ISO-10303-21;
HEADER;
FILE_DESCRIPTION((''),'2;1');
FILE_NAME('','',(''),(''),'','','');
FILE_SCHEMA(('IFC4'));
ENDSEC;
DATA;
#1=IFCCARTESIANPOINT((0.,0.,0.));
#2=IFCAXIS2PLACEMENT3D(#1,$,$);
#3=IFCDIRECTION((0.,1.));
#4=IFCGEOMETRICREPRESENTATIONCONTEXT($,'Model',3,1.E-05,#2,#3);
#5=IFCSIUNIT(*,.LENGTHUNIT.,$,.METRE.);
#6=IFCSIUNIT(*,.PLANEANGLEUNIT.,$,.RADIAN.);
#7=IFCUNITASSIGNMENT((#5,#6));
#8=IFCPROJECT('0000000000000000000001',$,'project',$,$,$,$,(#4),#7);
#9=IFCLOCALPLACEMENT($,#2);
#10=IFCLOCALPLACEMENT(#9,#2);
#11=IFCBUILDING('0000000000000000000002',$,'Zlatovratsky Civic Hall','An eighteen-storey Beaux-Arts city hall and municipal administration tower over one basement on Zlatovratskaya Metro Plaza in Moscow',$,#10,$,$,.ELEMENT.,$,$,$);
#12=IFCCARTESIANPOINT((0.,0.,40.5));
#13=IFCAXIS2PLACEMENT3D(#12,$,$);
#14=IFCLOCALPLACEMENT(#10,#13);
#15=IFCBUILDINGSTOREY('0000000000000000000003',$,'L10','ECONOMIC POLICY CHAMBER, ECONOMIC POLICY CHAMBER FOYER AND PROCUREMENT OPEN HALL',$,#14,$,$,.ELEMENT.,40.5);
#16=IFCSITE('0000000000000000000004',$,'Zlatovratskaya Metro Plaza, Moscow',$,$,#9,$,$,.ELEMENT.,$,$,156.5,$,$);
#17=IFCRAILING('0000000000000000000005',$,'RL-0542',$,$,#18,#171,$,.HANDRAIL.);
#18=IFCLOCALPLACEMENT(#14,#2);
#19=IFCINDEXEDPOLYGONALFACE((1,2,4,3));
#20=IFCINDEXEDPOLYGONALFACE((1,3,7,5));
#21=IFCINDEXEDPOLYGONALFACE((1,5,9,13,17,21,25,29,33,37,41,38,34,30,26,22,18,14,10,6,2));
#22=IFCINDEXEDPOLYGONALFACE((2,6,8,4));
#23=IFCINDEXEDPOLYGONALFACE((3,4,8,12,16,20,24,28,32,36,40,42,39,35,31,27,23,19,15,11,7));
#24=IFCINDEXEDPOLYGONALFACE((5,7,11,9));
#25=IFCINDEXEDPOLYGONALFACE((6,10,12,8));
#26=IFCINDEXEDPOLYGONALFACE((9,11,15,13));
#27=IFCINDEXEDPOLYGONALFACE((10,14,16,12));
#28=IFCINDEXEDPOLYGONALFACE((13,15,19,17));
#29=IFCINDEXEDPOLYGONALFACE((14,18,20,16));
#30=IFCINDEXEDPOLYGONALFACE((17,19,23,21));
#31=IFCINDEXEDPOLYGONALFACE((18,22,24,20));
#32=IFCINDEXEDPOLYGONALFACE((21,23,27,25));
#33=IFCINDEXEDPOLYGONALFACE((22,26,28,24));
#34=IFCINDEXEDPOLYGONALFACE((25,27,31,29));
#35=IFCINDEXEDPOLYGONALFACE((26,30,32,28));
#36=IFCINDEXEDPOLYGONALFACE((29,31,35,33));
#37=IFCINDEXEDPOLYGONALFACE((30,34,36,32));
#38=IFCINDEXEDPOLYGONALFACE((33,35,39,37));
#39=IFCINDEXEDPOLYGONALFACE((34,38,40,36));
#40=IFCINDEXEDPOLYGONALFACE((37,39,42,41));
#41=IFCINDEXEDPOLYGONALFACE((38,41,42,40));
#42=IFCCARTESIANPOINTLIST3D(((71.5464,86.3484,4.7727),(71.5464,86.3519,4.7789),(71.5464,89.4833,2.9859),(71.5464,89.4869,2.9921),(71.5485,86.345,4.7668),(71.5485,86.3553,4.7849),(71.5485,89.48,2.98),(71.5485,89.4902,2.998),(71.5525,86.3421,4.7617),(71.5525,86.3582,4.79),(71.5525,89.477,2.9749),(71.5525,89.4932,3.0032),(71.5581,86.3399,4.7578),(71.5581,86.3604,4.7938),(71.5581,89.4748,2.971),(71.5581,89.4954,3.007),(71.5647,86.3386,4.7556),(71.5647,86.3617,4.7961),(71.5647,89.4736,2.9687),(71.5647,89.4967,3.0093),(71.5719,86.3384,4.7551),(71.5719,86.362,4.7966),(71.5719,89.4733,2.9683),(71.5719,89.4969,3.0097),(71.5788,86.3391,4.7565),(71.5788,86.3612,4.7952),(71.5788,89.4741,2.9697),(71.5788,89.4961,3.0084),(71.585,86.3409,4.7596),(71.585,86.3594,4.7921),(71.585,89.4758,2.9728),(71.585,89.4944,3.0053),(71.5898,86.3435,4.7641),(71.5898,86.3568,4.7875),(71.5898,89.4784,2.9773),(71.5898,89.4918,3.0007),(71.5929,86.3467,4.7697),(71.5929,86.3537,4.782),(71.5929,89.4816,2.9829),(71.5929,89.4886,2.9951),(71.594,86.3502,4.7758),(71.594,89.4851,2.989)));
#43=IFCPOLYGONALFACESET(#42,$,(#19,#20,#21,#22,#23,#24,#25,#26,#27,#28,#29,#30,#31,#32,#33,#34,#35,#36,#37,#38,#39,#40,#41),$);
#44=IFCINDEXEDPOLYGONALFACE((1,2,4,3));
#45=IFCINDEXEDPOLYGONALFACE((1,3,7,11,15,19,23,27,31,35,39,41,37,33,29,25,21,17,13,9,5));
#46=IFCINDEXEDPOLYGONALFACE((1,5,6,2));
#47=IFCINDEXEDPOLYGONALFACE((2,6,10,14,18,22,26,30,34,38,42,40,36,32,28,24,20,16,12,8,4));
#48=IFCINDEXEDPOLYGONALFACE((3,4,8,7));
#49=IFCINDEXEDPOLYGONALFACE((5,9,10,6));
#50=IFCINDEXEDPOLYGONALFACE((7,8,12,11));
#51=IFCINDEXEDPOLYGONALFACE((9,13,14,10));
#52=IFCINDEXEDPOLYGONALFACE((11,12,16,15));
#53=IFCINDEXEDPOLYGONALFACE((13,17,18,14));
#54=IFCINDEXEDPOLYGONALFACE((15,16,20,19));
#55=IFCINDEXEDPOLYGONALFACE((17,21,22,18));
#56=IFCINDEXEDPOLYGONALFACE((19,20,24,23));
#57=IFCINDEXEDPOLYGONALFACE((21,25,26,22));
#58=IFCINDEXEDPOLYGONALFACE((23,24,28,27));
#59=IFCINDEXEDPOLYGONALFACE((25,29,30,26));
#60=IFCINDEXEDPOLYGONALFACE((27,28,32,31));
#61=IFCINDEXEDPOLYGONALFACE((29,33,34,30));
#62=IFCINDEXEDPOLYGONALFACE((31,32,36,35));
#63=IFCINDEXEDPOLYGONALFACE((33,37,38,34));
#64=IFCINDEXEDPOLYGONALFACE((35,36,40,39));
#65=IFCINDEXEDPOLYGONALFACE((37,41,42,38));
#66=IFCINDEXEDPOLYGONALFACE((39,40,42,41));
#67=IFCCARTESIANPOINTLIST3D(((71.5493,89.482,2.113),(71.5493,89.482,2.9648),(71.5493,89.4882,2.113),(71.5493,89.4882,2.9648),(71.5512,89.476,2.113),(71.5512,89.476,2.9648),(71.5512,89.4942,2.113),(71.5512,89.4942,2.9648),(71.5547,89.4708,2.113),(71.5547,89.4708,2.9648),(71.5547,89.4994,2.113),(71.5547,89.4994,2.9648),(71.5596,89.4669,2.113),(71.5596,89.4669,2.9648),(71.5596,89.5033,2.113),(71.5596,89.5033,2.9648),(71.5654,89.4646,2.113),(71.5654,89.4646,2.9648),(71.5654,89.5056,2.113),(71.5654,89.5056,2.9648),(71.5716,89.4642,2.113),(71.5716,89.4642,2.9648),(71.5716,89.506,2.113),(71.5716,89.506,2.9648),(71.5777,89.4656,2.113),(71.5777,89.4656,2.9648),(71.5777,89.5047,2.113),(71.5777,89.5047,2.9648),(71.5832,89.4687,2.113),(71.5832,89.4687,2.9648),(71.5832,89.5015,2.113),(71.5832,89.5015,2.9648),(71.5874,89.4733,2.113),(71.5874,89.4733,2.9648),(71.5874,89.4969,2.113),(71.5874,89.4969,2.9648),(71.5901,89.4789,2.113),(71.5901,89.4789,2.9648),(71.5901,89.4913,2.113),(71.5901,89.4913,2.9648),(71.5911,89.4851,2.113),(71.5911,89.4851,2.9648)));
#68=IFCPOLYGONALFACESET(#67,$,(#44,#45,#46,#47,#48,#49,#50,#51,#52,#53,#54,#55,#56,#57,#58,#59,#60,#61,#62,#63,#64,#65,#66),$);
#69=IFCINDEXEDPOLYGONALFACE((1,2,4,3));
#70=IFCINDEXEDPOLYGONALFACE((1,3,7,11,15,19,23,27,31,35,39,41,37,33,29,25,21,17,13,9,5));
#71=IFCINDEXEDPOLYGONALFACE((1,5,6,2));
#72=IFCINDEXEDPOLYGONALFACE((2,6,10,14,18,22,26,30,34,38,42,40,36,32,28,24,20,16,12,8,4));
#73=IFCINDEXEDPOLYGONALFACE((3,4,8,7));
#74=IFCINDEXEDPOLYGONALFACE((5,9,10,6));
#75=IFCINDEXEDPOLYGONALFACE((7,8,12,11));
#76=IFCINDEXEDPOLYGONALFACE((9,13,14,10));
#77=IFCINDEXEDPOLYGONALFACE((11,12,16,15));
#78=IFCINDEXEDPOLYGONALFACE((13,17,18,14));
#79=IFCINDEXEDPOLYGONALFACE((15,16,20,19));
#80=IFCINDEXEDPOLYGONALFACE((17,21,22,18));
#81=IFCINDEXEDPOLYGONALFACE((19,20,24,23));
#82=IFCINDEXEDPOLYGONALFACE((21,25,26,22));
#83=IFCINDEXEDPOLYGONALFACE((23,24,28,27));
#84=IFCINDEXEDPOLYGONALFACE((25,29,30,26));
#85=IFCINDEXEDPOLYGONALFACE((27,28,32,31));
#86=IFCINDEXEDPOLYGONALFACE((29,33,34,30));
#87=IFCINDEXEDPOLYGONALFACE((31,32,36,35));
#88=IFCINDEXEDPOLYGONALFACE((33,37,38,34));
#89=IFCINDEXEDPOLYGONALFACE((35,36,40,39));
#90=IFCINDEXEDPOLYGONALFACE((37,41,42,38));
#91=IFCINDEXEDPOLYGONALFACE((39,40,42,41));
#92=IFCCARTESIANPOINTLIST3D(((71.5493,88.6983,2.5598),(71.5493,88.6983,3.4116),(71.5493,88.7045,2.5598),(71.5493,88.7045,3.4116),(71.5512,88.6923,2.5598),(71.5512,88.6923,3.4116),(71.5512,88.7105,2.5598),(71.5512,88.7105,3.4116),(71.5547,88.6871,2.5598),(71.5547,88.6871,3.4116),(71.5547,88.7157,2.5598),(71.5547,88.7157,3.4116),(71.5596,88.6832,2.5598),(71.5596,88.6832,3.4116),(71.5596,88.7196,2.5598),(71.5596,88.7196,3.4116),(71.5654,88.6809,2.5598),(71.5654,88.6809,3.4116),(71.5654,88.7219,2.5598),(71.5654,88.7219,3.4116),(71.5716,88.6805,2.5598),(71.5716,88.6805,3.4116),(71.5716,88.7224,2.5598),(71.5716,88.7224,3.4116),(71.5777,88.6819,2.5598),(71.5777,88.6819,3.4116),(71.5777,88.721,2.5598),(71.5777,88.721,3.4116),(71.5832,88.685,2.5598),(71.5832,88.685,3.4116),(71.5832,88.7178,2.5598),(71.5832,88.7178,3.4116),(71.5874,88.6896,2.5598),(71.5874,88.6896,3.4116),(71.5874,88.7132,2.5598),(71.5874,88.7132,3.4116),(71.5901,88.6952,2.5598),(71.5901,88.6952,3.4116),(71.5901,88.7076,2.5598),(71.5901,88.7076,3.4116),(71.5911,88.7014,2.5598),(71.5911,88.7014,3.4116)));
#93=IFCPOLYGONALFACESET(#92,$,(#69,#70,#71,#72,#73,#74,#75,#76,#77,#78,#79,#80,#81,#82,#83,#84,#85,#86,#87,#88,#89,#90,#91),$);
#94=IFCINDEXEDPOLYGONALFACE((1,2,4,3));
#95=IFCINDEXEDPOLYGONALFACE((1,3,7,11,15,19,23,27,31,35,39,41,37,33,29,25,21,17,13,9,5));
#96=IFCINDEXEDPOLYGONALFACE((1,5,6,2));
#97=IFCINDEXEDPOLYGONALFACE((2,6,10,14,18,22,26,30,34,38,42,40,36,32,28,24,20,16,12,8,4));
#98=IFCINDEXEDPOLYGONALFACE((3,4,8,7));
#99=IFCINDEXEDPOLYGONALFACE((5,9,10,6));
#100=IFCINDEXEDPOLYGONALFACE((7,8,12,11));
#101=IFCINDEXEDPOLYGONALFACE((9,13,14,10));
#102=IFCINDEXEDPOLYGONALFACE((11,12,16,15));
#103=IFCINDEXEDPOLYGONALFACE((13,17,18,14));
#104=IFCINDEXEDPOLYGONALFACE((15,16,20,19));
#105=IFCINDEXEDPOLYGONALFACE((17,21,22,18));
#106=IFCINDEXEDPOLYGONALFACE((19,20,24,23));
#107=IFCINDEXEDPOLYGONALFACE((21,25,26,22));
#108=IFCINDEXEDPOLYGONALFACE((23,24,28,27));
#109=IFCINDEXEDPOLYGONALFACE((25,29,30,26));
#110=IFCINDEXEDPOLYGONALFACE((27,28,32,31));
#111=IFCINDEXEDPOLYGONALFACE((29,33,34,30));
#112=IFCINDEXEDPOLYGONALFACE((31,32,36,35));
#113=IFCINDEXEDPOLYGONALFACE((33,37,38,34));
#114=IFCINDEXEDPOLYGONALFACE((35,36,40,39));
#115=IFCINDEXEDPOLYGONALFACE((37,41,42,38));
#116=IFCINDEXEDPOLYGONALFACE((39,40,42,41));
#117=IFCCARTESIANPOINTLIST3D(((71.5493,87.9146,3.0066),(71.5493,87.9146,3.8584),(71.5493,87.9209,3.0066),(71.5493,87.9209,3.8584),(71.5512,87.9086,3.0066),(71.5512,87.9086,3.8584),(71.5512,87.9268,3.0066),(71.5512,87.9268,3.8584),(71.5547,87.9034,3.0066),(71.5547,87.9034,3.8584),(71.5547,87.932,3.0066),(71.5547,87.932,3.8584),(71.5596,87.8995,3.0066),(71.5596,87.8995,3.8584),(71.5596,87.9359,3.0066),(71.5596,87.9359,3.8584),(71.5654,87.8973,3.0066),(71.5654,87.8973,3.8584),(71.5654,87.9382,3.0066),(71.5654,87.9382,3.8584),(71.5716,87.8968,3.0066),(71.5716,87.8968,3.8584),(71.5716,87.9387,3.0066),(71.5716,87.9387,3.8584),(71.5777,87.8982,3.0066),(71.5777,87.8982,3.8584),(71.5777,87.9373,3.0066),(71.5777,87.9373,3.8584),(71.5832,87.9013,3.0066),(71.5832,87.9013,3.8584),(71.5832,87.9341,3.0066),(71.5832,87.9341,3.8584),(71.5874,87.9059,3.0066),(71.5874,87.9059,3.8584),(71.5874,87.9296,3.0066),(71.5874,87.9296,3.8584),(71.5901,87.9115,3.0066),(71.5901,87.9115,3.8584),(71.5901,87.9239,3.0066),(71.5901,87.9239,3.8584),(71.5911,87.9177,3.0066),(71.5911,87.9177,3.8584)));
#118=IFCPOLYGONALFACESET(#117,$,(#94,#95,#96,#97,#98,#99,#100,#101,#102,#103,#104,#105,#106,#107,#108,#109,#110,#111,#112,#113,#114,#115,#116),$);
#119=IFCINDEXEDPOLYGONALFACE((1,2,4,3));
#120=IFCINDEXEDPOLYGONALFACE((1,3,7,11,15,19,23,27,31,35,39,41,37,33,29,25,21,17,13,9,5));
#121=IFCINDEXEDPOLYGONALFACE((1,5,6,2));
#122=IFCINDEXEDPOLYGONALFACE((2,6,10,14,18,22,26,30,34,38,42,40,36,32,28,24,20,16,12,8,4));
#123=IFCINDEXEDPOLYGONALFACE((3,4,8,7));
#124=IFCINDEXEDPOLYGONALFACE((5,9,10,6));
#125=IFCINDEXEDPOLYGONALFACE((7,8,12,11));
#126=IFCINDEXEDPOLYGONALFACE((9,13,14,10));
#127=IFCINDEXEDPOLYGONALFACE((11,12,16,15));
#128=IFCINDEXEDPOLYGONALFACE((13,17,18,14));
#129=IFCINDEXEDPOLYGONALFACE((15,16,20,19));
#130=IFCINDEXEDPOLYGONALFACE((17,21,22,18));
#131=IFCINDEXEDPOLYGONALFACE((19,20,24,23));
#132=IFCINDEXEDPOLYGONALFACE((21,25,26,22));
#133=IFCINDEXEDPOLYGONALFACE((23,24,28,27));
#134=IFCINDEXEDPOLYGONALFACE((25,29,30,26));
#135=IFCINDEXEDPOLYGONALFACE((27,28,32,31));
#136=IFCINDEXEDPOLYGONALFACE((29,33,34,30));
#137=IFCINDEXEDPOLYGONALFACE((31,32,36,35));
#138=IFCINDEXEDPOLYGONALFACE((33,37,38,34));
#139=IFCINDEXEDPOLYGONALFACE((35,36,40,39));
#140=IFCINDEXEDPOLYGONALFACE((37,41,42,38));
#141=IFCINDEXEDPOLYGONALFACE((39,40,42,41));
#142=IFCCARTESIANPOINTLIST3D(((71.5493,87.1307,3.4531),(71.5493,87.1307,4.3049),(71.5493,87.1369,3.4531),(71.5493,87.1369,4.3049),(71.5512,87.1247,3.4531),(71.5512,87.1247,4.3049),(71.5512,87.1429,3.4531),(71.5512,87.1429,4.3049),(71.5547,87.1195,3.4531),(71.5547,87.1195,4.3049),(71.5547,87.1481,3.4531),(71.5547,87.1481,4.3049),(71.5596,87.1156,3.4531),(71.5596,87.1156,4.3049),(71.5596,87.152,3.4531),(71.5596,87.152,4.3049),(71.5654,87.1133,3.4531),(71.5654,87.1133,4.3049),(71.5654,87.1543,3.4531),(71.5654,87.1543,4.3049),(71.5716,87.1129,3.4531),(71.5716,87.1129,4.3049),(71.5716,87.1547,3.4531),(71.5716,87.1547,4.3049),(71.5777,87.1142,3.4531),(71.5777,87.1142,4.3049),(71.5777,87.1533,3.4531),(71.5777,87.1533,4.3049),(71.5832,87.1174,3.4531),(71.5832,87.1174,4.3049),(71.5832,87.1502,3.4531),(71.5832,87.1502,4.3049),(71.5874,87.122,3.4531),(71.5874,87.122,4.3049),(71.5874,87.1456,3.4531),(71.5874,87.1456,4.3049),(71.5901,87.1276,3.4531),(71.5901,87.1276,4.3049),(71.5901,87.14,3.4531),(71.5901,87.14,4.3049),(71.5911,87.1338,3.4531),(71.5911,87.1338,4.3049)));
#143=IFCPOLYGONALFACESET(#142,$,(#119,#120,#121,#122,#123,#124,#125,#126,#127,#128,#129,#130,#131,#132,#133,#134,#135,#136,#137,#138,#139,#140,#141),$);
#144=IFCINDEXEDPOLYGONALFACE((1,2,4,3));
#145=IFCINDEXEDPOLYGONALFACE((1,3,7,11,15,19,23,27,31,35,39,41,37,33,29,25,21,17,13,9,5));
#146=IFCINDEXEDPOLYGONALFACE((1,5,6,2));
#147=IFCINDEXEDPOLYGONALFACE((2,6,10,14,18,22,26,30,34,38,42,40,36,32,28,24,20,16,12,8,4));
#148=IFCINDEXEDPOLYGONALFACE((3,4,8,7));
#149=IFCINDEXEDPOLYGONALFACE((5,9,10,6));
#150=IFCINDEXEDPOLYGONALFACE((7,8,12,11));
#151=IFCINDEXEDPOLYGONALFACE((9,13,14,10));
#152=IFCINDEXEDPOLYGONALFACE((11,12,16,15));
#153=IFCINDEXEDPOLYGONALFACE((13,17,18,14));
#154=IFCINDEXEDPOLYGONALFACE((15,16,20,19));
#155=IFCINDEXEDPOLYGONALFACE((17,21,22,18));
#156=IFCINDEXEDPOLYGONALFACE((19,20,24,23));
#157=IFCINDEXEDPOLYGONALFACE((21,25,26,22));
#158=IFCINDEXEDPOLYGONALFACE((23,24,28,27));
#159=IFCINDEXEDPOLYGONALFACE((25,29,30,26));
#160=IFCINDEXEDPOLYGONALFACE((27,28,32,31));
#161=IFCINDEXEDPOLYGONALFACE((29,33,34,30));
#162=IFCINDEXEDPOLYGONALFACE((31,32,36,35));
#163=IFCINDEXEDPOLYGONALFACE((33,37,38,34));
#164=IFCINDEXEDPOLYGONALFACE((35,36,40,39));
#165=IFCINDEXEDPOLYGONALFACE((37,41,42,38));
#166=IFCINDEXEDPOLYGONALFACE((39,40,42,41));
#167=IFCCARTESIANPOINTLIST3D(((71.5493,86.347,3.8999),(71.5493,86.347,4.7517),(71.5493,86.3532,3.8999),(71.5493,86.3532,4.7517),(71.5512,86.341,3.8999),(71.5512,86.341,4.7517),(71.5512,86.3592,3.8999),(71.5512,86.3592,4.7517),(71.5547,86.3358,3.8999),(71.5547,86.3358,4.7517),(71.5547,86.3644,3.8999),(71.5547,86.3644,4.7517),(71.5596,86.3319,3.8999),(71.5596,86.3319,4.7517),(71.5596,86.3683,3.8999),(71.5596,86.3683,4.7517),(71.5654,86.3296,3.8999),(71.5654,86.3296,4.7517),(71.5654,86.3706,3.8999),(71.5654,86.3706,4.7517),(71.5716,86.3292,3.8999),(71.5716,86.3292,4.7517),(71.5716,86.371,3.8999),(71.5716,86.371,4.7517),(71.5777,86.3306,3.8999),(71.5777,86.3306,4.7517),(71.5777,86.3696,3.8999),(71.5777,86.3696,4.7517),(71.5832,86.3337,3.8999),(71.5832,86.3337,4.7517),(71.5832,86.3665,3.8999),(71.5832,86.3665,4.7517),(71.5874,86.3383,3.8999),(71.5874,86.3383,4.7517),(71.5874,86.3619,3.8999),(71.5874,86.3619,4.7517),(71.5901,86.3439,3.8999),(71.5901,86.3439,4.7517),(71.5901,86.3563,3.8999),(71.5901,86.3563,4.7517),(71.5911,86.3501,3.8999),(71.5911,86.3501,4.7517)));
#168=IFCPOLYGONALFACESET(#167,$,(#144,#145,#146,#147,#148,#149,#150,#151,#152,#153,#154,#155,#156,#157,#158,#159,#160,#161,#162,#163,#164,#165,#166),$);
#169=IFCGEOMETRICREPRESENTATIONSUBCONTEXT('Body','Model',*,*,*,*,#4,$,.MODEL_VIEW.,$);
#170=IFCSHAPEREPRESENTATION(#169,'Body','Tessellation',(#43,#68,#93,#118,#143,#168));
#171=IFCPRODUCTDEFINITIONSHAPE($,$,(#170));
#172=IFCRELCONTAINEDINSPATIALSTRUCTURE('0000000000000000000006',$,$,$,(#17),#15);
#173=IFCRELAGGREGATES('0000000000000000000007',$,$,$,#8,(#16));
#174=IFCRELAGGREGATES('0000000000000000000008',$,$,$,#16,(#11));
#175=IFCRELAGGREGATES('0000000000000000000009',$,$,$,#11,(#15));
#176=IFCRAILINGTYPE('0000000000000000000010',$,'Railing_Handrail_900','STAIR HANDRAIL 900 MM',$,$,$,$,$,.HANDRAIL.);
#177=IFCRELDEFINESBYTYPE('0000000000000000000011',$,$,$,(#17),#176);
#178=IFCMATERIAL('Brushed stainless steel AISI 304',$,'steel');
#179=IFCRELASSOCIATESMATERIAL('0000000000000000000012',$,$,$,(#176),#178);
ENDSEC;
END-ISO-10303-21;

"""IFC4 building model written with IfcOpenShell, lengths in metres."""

from ifc_helpers import new_model, si_unit, direction, frame, origin, origin_2d, place, context, subcontext, project, spatial, circle, extrude, material, type_object, element, save


model = new_model("IFC4")

# Units and contexts
model_context = context("Model", 3, precision=1e-05, world=origin(), true_north=direction((0.0, 1.0)))
body_context = subcontext(model_context, "Body", "Model", "MODEL_VIEW")
ifc_project = project(units=[si_unit("LENGTHUNIT", "METRE"), si_unit("PLANEANGLEUNIT", "RADIAN")], contexts=[model_context])

# Site, building, storey
site_placement = place(None, origin())
site = spatial("IfcSite", under=ifc_project, at=site_placement, Name="Zlatovratskaya Metro Plaza, Moscow", CompositionType="ELEMENT", RefElevation=156.5)
building_placement = place(site_placement, origin())
building = spatial("IfcBuilding", under=site, at=building_placement, Name="Zlatovratsky Civic Hall", Description="An eighteen-storey Beaux-Arts city hall and municipal administration tower over one basement on Zlatovratskaya Metro Plaza in Moscow", CompositionType="ELEMENT")
storey_placement = place(building_placement, frame((0.0, 0.0, 40.5)))
storey = spatial("IfcBuildingStorey", under=building, at=storey_placement, Name="L10", Description="ECONOMIC POLICY CHAMBER, ECONOMIC POLICY CHAMBER FOYER AND PROCUREMENT OPEN HALL", CompositionType="ELEMENT", Elevation=40.5)

# Railing
ifc_material_1 = material(Name="Brushed stainless steel AISI 304", Category="steel")
railing_type_1 = type_object("IfcRailingType", Name="Railing_Handrail_900", Description="STAIR HANDRAIL 900 MM", PredefinedType="HANDRAIL", material=ifc_material_1)
railing_1_placement = place(storey_placement, frame((71.5701, 89.4851, 2.113)))
element("IfcRailing", 1, at=railing_1_placement, inside=storey, type_object=railing_type_1, Name="RL-0542", PredefinedType="HANDRAIL", context=body_context, shape_type="SweptSolid", body=[
    extrude(circle(Radius=0.0239, at=origin_2d()), frame((0.0, 0.0, 0.876), z_axis=(0.0, -0.868788, 0.495184), x_axis=(1.0, 0.0, 0.0)), (0.0, 0.0, 1.0), 3.6084),
    extrude(circle(Radius=0.021, at=origin_2d()), origin(), (0.0, 0.0, 1.0), 0.8518),
    extrude(circle(Radius=0.021, at=origin_2d()), frame((0.0, -0.7837, 0.4468)), (0.0, 0.0, 1.0), 0.8518),
    extrude(circle(Radius=0.021, at=origin_2d()), frame((0.0, -1.5674, 0.8936)), (0.0, 0.0, 1.0), 0.8518),
    extrude(circle(Radius=0.021, at=origin_2d()), frame((0.0, -2.3513, 1.3401)), (0.0, 0.0, 1.0), 0.8518),
    extrude(circle(Radius=0.021, at=origin_2d()), frame((0.0, -3.135, 1.7869)), (0.0, 0.0, 1.0), 0.8518),
])

save(model, "model.ifc")
